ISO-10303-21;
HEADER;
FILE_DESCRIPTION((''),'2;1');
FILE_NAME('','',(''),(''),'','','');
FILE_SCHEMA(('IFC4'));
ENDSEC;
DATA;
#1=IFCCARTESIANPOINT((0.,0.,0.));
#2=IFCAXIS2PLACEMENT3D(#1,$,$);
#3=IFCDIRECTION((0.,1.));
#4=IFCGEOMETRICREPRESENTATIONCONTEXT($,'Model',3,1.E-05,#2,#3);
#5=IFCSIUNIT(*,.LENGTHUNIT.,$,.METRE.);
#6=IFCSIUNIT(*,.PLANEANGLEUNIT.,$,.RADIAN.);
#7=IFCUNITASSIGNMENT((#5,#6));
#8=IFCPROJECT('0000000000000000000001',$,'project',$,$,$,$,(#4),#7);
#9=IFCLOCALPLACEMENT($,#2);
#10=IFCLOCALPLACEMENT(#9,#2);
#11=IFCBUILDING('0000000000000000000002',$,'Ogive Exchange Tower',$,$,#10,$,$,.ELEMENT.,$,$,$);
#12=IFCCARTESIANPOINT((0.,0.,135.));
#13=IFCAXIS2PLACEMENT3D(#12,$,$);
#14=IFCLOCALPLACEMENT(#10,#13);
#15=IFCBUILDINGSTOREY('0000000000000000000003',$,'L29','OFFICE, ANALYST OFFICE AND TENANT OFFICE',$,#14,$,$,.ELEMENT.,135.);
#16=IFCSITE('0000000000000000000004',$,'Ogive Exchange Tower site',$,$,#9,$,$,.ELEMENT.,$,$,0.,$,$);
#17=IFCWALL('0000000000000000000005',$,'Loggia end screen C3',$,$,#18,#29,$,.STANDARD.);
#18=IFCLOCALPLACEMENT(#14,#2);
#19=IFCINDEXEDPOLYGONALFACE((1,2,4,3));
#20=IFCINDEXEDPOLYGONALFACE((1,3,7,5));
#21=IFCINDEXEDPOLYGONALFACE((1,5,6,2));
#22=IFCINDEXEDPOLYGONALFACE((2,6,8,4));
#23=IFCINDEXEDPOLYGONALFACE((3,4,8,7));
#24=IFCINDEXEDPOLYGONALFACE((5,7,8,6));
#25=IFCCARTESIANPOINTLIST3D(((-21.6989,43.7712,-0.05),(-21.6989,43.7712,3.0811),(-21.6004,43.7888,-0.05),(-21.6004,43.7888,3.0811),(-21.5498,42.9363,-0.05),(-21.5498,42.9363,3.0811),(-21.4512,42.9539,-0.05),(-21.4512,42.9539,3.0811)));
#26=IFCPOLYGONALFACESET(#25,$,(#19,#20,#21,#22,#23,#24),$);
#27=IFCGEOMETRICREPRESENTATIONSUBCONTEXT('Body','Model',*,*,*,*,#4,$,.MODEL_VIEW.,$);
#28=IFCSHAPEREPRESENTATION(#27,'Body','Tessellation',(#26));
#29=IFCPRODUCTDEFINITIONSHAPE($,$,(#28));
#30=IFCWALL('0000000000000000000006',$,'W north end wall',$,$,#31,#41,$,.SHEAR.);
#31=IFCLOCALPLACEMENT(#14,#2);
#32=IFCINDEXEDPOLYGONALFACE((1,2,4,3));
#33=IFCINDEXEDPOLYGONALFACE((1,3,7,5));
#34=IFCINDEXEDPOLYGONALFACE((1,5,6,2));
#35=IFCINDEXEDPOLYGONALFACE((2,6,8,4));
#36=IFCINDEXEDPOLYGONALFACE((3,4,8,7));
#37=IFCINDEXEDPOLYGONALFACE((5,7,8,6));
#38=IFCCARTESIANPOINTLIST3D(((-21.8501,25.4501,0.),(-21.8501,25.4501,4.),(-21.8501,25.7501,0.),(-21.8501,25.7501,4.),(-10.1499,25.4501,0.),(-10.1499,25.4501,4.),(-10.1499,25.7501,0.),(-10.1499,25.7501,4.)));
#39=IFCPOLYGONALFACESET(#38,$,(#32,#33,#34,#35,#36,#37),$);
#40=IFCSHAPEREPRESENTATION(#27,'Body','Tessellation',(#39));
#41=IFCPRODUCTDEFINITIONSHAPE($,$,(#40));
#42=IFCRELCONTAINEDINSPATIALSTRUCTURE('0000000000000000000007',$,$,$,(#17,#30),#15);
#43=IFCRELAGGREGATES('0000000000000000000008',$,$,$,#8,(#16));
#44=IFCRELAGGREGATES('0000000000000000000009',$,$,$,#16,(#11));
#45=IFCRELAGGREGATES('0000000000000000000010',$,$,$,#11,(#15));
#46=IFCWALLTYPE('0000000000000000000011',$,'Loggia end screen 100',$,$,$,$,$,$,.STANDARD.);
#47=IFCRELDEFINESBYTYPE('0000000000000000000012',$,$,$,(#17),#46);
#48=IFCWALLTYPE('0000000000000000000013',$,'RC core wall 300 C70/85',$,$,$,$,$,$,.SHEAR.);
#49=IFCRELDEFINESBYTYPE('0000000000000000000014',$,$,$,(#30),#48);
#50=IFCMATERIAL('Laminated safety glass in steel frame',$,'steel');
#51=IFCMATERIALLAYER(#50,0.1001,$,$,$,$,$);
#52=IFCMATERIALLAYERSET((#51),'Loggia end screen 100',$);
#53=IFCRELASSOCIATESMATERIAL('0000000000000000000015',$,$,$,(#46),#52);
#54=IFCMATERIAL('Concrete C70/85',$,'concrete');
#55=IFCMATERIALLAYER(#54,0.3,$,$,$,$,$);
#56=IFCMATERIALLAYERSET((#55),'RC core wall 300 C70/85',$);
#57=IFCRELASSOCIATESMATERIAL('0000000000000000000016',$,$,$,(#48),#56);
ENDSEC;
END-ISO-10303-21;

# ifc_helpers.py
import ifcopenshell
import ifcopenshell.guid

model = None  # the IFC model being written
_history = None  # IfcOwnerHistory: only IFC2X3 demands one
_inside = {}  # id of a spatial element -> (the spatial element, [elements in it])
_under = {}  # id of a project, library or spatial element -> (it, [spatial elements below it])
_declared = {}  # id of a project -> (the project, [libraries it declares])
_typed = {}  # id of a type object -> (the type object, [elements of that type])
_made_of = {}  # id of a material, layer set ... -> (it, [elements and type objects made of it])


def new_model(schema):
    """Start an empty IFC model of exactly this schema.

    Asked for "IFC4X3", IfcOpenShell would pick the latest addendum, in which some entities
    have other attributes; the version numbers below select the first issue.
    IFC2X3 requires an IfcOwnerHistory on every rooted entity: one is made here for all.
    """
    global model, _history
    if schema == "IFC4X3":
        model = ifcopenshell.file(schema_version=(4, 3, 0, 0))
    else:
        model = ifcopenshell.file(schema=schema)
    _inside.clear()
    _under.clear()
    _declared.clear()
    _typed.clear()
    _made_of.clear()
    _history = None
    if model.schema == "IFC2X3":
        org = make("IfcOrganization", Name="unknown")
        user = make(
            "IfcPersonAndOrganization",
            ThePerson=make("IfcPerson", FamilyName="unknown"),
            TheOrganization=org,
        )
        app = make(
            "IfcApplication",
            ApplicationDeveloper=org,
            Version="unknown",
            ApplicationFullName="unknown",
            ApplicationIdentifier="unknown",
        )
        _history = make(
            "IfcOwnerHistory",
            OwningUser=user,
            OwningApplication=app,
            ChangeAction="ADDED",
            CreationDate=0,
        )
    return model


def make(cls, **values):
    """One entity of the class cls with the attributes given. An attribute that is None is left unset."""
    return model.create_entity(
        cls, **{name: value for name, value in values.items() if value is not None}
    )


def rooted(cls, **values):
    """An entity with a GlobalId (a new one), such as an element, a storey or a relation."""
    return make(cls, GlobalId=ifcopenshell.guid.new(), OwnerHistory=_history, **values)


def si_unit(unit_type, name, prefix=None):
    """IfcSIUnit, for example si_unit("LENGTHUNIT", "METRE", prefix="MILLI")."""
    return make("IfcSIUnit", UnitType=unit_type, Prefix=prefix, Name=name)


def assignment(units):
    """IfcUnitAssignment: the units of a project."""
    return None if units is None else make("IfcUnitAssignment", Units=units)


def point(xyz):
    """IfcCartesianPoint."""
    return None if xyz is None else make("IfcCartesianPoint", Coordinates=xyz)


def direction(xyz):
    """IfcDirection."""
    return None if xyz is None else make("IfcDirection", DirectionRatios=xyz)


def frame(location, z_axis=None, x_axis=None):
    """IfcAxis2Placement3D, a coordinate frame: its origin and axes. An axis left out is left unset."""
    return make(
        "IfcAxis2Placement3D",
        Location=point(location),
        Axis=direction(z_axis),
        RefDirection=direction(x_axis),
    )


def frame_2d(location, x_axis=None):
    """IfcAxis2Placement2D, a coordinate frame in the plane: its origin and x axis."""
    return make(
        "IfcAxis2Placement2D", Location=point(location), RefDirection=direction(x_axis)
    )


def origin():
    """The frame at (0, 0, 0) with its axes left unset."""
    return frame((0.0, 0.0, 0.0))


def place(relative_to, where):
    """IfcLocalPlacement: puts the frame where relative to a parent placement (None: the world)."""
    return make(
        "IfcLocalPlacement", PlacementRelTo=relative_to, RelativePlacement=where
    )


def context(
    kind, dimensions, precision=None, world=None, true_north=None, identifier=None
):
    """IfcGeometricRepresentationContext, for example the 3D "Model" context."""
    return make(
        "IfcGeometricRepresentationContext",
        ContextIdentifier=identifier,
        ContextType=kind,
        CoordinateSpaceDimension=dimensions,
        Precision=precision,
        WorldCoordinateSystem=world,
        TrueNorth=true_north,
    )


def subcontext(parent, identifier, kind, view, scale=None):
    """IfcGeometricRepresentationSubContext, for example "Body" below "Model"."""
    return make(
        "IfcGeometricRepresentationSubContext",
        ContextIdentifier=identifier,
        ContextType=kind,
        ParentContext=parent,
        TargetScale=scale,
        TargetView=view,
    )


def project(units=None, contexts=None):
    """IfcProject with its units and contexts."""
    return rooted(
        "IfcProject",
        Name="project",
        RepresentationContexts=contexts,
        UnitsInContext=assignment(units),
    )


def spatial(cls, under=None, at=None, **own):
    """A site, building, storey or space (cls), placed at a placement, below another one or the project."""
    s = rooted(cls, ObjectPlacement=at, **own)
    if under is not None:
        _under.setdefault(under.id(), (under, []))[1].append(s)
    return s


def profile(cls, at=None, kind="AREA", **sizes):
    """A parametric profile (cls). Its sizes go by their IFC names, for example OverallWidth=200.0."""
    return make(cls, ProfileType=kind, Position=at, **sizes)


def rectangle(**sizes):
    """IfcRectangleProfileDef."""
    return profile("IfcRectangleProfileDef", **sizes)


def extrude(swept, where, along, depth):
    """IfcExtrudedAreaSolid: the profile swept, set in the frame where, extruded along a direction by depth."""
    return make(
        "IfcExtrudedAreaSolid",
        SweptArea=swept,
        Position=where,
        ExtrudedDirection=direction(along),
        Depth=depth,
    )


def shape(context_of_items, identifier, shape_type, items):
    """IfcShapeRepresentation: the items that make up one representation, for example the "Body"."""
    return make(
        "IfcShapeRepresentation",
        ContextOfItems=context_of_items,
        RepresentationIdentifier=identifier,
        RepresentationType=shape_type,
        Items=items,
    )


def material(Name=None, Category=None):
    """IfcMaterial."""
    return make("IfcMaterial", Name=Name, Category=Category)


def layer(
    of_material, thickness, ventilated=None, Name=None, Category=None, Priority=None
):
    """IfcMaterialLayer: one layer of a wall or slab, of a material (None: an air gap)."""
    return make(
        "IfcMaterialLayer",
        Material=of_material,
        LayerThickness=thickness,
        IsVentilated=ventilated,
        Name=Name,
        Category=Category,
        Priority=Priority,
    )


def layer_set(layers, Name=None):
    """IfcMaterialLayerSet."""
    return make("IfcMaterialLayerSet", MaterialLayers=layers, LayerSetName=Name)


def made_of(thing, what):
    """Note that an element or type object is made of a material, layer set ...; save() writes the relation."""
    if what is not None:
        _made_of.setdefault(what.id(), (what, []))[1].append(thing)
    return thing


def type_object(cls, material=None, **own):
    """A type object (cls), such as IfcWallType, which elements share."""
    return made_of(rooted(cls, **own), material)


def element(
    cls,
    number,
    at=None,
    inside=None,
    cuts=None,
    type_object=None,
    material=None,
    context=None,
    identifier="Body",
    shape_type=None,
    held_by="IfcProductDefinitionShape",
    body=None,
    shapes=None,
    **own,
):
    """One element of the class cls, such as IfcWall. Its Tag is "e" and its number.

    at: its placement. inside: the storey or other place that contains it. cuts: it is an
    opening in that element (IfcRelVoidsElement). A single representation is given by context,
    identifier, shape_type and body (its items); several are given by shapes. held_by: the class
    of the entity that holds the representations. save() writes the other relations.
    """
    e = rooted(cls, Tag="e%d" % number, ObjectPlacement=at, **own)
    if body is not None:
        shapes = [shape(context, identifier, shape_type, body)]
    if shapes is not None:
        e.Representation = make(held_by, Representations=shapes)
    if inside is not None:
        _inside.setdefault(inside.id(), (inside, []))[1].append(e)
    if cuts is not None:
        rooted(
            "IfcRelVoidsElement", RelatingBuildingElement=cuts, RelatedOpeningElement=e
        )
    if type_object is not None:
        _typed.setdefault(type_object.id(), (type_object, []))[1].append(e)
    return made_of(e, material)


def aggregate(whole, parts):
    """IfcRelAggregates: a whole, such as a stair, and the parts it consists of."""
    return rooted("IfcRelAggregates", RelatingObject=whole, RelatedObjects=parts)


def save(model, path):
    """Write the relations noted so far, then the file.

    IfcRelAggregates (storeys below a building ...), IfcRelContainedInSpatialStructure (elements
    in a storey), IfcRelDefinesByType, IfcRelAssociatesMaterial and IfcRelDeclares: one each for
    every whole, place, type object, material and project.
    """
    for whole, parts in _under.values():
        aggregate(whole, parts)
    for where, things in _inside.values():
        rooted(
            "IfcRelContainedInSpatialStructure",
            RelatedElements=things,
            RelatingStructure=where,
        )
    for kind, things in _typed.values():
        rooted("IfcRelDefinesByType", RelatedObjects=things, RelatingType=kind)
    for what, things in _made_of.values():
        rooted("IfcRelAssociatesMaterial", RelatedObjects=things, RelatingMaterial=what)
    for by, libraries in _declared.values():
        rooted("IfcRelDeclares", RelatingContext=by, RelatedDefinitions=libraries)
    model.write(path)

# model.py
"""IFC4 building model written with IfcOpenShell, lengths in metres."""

from ifc_helpers import new_model, si_unit, direction, frame, frame_2d, origin, place, context, subcontext, project, spatial, rectangle, extrude, material, layer, layer_set, type_object, element, save


model = new_model("IFC4")

# Units and contexts
model_context = context("Model", 3, precision=1e-05, world=origin(), true_north=direction((0.0, 1.0)))
body_context = subcontext(model_context, "Body", "Model", "MODEL_VIEW")
ifc_project = project(units=[si_unit("LENGTHUNIT", "METRE"), si_unit("PLANEANGLEUNIT", "RADIAN")], contexts=[model_context])

# Site, building, storey
site_placement = place(None, origin())
site = spatial("IfcSite", under=ifc_project, at=site_placement, Name="Ogive Exchange Tower site", CompositionType="ELEMENT", RefElevation=0.0)
building_placement = place(site_placement, origin())
building = spatial("IfcBuilding", under=site, at=building_placement, Name="Ogive Exchange Tower", CompositionType="ELEMENT")
storey_placement = place(building_placement, frame((0.0, 0.0, 135.0)))
storey = spatial("IfcBuildingStorey", under=building, at=storey_placement, Name="L29", Description="OFFICE, ANALYST OFFICE AND TENANT OFFICE", CompositionType="ELEMENT", Elevation=135.0)

# Walls
ifc_material_1 = material(Name="Laminated safety glass in steel frame", Category="steel")
ifc_layer_1 = layer(ifc_material_1, 0.1001)
ifc_layer_set_1 = layer_set([ifc_layer_1], Name="Loggia end screen 100")
wall_type_1 = type_object("IfcWallType", Name="Loggia end screen 100", PredefinedType="STANDARD", material=ifc_layer_set_1)
wall_1_placement = place(storey_placement, frame((-21.5005, 42.9451, -0.05), z_axis=(0.0, 0.0, 1.0), x_axis=(-0.17587, 0.984413, 0.0)))
element("IfcWall", 1, at=wall_1_placement, inside=storey, type_object=wall_type_1, Name="Loggia end screen C3", PredefinedType="STANDARD", context=body_context, shape_type="SweptSolid", body=[
    extrude(rectangle(XDim=0.8481, YDim=0.1001, at=frame_2d((0.4241, 0.0))), origin(), (0.0, 0.0, 1.0), 3.1311),
])
ifc_material_2 = material(Name="Concrete C70/85", Category="concrete")
ifc_layer_2 = layer(ifc_material_2, 0.3)
ifc_layer_set_2 = layer_set([ifc_layer_2], Name="RC core wall 300 C70/85")
wall_type_2 = type_object("IfcWallType", Name="RC core wall 300 C70/85", PredefinedType="SHEAR", material=ifc_layer_set_2)
wall_2_placement = place(storey_placement, frame((-21.8501, 25.6001, 0.0), z_axis=(0.0, 0.0, 1.0), x_axis=(1.0, 0.0, 0.0)))
element("IfcWall", 2, at=wall_2_placement, inside=storey, type_object=wall_type_2, Name="W north end wall", PredefinedType="SHEAR", context=body_context, shape_type="SweptSolid", body=[
    extrude(rectangle(XDim=11.7002, YDim=0.3, at=frame_2d((5.8501, 0.0))), origin(), (0.0, 0.0, 1.0), 4.0),
])

save(model, "model.ifc")
